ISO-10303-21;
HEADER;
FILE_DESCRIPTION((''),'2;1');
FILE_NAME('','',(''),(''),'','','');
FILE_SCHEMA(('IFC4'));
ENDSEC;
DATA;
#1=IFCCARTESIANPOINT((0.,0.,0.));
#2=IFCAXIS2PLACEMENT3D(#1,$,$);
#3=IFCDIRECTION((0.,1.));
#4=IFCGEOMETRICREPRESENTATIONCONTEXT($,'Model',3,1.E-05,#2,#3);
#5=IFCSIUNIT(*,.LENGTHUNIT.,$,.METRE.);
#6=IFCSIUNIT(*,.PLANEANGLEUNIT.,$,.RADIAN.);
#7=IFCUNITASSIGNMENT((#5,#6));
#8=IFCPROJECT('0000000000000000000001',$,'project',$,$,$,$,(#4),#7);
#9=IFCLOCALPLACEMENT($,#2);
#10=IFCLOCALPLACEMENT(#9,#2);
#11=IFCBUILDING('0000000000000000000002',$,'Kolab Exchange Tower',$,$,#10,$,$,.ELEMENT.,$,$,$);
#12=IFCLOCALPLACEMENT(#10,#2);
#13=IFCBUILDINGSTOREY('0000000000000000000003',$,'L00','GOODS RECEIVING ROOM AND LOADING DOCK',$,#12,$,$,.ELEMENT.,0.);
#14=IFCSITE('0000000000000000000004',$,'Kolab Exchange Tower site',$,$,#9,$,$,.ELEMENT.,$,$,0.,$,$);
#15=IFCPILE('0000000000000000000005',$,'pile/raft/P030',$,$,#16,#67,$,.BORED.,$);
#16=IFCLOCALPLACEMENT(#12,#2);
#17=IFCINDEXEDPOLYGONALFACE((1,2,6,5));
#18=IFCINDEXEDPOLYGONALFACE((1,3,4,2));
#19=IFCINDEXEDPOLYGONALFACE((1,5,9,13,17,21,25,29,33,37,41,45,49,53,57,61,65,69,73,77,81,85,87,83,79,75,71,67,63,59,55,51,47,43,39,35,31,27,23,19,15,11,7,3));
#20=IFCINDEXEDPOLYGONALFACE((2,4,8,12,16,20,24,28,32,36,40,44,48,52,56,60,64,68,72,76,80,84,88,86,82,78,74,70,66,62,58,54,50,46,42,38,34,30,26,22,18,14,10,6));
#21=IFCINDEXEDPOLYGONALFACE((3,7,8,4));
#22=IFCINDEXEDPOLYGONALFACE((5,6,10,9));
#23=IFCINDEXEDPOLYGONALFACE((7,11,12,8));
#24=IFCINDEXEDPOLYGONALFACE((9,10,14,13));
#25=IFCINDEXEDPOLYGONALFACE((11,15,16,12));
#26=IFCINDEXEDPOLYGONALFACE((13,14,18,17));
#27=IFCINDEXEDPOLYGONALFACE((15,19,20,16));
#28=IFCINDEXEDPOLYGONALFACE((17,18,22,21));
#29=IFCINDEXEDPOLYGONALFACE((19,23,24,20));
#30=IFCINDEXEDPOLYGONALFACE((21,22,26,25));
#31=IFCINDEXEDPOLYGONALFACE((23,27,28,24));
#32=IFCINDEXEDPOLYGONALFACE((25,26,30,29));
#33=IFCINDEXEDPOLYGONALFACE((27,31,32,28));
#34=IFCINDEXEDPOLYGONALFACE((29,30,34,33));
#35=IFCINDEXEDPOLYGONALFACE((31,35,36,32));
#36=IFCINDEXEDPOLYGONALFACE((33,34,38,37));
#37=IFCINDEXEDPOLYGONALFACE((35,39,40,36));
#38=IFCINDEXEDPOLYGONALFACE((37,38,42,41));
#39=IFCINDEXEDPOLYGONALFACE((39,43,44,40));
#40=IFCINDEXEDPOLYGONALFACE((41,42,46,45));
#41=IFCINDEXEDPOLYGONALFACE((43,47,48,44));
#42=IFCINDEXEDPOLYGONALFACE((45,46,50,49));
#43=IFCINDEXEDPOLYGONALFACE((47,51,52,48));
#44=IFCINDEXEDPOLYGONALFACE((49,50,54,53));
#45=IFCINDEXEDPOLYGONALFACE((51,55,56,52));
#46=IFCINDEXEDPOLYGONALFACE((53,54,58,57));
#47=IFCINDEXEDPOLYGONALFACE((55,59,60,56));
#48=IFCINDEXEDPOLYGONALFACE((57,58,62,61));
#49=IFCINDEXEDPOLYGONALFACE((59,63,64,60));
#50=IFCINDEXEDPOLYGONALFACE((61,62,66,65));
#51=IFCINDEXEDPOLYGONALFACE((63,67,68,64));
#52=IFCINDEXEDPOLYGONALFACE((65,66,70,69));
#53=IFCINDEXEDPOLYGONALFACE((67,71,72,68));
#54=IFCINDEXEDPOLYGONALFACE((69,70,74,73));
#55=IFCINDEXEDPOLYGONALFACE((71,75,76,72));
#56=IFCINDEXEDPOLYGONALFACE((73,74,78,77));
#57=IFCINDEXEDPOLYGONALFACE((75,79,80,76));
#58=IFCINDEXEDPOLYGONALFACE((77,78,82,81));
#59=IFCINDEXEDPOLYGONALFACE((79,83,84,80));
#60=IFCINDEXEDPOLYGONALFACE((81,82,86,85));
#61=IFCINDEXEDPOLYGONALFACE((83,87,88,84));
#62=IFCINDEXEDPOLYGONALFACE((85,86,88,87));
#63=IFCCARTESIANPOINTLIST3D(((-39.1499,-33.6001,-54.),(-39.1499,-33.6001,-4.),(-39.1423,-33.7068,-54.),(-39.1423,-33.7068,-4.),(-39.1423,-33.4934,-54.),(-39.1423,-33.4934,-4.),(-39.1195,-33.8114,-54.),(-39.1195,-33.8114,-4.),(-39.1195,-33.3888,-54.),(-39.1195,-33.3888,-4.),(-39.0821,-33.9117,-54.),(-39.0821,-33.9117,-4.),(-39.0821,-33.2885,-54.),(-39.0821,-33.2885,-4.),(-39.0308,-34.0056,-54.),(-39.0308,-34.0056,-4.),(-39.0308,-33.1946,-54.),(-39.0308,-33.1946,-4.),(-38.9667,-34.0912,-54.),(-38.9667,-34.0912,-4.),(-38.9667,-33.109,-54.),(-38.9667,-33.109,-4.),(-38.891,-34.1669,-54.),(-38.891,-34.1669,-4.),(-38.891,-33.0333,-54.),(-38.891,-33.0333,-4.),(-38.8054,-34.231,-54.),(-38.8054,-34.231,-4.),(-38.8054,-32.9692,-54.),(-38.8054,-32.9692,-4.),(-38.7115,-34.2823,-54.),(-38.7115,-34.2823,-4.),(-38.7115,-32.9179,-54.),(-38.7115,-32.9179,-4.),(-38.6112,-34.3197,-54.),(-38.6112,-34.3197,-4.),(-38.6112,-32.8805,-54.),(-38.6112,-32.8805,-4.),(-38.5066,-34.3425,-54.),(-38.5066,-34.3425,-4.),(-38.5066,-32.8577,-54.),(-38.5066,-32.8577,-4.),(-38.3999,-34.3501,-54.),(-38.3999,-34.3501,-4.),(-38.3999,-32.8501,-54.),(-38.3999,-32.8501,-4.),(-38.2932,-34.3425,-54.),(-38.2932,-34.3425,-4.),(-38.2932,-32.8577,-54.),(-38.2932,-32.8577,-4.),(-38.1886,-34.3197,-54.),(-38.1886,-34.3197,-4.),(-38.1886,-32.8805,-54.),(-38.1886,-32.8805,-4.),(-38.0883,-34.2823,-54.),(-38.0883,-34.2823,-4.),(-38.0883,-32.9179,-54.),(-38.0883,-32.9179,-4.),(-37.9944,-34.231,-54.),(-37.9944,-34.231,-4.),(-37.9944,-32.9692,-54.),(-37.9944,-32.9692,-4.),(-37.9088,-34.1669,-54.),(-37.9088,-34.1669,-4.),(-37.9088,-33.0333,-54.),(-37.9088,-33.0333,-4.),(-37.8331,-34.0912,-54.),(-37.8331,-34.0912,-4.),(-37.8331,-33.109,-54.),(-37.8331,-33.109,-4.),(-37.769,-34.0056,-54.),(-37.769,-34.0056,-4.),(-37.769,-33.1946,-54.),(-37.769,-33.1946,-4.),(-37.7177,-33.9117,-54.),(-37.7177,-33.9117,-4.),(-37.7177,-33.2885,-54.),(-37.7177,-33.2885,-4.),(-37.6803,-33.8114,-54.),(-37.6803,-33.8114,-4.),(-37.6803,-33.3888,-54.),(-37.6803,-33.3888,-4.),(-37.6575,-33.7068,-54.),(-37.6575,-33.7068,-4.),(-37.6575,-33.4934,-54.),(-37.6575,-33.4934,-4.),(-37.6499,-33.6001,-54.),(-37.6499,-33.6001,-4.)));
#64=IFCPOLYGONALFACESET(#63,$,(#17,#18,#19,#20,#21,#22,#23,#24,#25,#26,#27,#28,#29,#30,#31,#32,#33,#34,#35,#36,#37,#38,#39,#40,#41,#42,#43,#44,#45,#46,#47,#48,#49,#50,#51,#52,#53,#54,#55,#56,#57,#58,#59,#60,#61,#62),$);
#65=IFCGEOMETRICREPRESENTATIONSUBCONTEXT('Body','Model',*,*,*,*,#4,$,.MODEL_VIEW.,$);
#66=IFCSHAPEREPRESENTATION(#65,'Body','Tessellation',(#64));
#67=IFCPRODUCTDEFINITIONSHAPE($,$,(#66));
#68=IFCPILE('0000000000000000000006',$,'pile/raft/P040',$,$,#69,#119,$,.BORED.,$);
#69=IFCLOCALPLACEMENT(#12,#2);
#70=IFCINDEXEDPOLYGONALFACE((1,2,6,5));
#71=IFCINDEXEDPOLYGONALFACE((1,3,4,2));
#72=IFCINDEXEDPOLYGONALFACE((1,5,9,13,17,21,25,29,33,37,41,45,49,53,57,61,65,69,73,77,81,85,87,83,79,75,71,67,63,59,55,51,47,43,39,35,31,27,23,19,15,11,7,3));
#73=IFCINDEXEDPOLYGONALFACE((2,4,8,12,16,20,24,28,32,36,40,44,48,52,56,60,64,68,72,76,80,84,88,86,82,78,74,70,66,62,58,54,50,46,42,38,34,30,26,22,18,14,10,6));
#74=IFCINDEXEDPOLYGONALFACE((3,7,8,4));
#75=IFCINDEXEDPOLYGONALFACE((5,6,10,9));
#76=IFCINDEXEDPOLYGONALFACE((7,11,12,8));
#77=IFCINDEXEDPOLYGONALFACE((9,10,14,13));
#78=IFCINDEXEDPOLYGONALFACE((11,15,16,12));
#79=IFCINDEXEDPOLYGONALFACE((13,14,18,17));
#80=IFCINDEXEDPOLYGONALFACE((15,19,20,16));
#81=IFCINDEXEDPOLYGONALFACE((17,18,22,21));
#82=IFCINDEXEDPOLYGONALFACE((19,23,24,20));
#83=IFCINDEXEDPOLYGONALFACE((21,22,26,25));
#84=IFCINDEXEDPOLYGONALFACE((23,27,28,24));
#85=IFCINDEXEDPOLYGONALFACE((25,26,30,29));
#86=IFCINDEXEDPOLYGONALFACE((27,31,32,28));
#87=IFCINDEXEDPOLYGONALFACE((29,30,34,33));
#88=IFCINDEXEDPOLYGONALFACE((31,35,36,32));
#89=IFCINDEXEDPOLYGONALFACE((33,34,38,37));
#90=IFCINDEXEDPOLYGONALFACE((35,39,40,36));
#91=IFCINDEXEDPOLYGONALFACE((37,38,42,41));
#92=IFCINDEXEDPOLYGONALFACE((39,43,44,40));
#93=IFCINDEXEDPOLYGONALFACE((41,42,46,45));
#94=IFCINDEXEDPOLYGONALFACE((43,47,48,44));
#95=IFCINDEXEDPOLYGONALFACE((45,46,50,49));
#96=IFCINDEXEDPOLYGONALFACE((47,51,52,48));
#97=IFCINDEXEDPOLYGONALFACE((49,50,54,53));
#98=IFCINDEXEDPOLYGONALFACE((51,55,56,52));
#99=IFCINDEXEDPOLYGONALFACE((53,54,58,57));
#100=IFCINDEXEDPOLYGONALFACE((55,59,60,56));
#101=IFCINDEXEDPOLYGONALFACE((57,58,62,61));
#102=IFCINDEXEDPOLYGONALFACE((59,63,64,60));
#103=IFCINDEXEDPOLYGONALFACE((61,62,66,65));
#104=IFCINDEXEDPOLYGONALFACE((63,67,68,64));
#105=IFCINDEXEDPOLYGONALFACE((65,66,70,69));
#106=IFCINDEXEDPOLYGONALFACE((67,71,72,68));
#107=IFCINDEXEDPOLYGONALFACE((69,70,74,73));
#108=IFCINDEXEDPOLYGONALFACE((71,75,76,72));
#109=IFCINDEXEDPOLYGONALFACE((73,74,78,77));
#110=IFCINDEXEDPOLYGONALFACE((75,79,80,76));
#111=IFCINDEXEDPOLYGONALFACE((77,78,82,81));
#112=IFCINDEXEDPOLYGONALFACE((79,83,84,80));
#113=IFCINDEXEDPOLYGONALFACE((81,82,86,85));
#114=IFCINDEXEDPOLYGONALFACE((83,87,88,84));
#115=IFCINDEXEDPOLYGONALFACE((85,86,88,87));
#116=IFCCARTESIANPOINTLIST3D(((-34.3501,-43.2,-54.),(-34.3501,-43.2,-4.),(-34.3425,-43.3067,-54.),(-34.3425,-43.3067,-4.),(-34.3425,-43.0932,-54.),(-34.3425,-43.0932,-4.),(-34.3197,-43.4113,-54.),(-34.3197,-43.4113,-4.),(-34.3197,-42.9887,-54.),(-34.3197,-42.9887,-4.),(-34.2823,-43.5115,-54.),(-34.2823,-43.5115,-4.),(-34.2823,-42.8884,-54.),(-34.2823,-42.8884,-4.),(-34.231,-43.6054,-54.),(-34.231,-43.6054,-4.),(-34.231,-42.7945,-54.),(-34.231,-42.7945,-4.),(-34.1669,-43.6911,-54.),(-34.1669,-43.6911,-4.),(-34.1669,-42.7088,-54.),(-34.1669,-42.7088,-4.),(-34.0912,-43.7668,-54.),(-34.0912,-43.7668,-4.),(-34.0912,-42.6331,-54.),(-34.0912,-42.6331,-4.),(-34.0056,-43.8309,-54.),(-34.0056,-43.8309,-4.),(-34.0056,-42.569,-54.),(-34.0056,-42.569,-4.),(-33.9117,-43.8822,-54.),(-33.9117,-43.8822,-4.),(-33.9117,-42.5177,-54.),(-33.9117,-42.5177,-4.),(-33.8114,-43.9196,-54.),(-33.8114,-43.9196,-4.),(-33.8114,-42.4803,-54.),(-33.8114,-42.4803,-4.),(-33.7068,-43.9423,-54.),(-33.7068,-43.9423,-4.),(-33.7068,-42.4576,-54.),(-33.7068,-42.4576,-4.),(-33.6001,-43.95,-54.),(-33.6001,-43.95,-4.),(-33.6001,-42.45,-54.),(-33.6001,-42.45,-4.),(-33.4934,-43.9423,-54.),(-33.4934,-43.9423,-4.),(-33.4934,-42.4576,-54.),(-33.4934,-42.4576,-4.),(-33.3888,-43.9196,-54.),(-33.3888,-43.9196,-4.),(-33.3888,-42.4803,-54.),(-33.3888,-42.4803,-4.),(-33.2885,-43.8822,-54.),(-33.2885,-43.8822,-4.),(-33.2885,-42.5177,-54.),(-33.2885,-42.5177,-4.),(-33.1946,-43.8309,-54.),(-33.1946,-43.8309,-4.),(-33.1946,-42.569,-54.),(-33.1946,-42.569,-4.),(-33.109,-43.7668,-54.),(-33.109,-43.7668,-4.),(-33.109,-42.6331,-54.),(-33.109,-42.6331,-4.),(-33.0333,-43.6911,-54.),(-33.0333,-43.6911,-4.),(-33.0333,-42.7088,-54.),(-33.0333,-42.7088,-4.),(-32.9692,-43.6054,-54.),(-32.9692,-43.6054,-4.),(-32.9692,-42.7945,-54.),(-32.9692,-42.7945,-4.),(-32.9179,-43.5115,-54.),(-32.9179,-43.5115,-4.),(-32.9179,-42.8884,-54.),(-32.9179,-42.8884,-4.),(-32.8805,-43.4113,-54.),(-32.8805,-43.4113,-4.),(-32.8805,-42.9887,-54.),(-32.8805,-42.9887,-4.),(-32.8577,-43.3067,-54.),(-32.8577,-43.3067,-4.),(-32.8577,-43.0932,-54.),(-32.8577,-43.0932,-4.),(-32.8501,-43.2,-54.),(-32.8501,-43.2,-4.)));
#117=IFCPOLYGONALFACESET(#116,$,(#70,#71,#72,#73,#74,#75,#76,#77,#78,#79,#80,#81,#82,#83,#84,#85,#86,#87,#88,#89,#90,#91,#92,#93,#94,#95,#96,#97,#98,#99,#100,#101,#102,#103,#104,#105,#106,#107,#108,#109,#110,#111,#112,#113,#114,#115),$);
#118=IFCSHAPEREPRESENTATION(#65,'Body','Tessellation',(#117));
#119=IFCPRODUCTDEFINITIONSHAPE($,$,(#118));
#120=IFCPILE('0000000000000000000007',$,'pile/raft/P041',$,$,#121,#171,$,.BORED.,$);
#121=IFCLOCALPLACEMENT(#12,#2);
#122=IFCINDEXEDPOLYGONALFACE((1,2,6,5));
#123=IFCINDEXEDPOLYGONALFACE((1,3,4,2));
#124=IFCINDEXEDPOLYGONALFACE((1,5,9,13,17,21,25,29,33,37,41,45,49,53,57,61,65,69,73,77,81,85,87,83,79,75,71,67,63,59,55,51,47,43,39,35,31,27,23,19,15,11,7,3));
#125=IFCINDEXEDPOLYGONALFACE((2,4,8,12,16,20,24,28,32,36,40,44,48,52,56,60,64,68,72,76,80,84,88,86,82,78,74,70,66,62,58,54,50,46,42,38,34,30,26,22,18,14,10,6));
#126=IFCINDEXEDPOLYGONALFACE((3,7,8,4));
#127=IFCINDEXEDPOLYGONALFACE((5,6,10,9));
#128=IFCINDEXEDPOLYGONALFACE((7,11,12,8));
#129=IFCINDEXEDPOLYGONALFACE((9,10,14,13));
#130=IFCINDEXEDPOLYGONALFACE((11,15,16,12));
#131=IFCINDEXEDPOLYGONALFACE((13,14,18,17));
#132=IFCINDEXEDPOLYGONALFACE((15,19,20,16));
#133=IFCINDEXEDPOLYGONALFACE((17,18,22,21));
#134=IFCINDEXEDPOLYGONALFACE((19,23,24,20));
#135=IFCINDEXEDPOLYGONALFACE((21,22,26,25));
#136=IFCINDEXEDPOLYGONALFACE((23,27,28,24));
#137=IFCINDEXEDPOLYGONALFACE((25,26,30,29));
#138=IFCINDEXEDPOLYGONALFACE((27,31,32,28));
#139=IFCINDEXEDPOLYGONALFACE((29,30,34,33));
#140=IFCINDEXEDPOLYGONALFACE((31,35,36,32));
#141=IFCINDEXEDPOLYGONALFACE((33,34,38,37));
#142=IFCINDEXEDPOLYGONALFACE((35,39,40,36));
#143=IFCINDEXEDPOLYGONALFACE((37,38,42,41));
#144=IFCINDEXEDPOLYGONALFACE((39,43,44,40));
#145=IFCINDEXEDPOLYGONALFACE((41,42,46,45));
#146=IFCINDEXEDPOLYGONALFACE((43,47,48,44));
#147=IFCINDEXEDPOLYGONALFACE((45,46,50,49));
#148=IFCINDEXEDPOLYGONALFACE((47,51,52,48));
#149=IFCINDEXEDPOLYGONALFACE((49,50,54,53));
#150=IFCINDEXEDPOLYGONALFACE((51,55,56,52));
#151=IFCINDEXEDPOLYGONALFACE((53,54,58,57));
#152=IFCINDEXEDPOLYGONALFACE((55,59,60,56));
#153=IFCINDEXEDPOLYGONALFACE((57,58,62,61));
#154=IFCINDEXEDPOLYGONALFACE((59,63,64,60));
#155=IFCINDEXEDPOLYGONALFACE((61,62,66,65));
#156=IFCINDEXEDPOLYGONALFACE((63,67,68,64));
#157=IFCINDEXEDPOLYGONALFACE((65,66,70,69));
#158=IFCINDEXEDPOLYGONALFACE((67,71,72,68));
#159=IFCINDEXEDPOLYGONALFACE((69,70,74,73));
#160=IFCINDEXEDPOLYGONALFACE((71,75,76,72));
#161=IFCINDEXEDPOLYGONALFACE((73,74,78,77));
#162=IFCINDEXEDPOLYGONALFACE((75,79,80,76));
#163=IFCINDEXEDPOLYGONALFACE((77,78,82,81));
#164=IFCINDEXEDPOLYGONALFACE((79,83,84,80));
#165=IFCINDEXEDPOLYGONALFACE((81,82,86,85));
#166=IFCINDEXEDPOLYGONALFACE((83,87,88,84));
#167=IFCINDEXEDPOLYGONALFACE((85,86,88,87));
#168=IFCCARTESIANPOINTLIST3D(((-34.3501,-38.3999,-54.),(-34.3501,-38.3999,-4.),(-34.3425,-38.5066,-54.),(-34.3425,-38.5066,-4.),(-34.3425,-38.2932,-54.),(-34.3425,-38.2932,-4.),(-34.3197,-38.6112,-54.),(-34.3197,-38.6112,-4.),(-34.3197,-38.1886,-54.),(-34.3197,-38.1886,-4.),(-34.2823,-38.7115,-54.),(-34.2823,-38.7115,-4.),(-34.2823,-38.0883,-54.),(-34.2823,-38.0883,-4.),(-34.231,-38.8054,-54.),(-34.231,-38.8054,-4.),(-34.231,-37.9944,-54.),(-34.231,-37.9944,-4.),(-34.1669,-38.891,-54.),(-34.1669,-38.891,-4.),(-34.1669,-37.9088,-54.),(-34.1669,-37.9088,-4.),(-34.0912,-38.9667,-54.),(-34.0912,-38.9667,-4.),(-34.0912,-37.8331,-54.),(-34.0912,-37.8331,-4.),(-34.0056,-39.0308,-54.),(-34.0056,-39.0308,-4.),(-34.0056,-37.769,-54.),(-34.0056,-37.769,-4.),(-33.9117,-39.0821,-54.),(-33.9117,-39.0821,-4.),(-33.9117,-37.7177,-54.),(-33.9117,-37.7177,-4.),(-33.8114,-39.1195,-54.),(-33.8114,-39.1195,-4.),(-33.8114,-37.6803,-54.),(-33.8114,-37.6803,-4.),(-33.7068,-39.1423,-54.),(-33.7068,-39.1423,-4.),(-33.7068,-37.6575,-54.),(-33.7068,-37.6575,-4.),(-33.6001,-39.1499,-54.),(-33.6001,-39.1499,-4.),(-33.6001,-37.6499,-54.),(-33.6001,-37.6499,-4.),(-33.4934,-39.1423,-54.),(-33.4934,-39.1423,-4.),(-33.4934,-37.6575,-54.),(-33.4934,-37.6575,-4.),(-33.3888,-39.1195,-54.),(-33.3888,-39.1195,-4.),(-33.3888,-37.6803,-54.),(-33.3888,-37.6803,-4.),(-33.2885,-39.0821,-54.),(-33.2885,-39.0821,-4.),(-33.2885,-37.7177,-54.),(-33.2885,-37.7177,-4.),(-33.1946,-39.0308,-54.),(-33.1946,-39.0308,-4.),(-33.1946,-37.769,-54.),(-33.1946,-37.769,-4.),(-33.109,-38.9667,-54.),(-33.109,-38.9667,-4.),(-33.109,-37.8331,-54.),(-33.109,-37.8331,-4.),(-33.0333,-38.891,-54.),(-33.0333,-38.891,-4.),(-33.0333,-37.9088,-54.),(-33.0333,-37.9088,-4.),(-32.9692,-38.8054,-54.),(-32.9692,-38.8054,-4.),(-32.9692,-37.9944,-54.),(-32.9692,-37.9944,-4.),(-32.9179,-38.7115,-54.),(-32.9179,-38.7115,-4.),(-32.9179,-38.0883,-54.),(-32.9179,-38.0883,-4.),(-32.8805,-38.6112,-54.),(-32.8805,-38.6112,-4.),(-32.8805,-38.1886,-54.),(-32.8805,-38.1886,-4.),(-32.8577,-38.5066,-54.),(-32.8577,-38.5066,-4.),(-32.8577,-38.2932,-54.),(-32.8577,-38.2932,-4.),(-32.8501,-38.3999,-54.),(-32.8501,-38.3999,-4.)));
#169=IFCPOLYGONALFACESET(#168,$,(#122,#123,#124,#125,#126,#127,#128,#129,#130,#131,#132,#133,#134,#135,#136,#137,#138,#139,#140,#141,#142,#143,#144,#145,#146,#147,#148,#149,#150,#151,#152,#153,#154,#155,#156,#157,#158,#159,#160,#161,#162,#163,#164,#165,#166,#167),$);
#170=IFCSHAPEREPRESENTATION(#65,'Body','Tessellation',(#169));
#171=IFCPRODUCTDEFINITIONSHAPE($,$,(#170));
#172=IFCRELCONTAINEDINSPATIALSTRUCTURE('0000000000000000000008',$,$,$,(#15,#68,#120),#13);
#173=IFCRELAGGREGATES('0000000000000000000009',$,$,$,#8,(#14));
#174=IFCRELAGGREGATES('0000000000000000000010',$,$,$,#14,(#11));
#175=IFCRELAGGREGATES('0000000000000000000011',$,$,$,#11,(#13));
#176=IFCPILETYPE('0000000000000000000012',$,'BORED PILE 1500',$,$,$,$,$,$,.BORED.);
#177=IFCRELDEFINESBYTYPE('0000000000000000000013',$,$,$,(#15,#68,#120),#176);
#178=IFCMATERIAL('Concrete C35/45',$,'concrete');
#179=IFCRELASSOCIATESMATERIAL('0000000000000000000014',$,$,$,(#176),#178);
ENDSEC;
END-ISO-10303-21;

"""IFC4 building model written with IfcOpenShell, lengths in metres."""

from ifc_helpers import new_model, si_unit, direction, frame, origin, origin_2d, place, context, subcontext, project, spatial, circle, extrude, material, material_profile, profile_set, type_object, element, save


model = new_model("IFC4")

# Units and contexts
model_context = context("Model", 3, precision=1e-05, world=origin(), true_north=direction((0.0, 1.0)))
body_context = subcontext(model_context, "Body", "Model", "MODEL_VIEW")
ifc_project = project(units=[si_unit("LENGTHUNIT", "METRE"), si_unit("PLANEANGLEUNIT", "RADIAN")], contexts=[model_context])

# Site, building, storey
site_placement = place(None, origin())
site = spatial("IfcSite", under=ifc_project, at=site_placement, Name="Kolab Exchange Tower site", CompositionType="ELEMENT", RefElevation=0.0)
building_placement = place(site_placement, origin())
building = spatial("IfcBuilding", under=site, at=building_placement, Name="Kolab Exchange Tower", CompositionType="ELEMENT")
storey_placement = place(building_placement, origin())
storey = spatial("IfcBuildingStorey", under=building, at=storey_placement, Name="L00", Description="GOODS RECEIVING ROOM AND LOADING DOCK", CompositionType="ELEMENT", Elevation=0.0)

# Piles
ifc_material_1 = material(Name="Concrete C35/45", Category="concrete")
ifc_material_profile_1 = material_profile(ifc_material_1, circle(Radius=0.75, at=origin_2d()), Name="BP1500")
ifc_profile_set_1 = profile_set([ifc_material_profile_1], Name="Concrete C35/45")
pile_type = type_object("IfcPileType", Name="BORED PILE 1500", PredefinedType="BORED", material=ifc_profile_set_1)
for number, where, z_axis, x_axis, name in (
    (1, (-38.3999, -33.6001, -4.0), (0.0, 0.0, -1.0), (1.0, 0.0, 0.0), "pile/raft/P030"),
    (2, (-33.6001, -43.2, -4.0), (0.0, 0.0, -1.0), (1.0, 0.0, 0.0), "pile/raft/P040"),
    (3, (-33.6001, -38.3999, -4.0), (0.0, 0.0, -1.0), (1.0, 0.0, 0.0), "pile/raft/P041"),
):
    element("IfcPile", number, at=place(storey_placement, frame(where, z_axis=z_axis, x_axis=x_axis)), inside=storey, type_object=pile_type, Name=name, PredefinedType="BORED", context=body_context, shape_type="SweptSolid", body=[
        extrude(circle(Radius=0.75, at=origin_2d()), origin(), (0.0, 0.0, 1.0), 50.0),
    ])

save(model, "model.ifc")
